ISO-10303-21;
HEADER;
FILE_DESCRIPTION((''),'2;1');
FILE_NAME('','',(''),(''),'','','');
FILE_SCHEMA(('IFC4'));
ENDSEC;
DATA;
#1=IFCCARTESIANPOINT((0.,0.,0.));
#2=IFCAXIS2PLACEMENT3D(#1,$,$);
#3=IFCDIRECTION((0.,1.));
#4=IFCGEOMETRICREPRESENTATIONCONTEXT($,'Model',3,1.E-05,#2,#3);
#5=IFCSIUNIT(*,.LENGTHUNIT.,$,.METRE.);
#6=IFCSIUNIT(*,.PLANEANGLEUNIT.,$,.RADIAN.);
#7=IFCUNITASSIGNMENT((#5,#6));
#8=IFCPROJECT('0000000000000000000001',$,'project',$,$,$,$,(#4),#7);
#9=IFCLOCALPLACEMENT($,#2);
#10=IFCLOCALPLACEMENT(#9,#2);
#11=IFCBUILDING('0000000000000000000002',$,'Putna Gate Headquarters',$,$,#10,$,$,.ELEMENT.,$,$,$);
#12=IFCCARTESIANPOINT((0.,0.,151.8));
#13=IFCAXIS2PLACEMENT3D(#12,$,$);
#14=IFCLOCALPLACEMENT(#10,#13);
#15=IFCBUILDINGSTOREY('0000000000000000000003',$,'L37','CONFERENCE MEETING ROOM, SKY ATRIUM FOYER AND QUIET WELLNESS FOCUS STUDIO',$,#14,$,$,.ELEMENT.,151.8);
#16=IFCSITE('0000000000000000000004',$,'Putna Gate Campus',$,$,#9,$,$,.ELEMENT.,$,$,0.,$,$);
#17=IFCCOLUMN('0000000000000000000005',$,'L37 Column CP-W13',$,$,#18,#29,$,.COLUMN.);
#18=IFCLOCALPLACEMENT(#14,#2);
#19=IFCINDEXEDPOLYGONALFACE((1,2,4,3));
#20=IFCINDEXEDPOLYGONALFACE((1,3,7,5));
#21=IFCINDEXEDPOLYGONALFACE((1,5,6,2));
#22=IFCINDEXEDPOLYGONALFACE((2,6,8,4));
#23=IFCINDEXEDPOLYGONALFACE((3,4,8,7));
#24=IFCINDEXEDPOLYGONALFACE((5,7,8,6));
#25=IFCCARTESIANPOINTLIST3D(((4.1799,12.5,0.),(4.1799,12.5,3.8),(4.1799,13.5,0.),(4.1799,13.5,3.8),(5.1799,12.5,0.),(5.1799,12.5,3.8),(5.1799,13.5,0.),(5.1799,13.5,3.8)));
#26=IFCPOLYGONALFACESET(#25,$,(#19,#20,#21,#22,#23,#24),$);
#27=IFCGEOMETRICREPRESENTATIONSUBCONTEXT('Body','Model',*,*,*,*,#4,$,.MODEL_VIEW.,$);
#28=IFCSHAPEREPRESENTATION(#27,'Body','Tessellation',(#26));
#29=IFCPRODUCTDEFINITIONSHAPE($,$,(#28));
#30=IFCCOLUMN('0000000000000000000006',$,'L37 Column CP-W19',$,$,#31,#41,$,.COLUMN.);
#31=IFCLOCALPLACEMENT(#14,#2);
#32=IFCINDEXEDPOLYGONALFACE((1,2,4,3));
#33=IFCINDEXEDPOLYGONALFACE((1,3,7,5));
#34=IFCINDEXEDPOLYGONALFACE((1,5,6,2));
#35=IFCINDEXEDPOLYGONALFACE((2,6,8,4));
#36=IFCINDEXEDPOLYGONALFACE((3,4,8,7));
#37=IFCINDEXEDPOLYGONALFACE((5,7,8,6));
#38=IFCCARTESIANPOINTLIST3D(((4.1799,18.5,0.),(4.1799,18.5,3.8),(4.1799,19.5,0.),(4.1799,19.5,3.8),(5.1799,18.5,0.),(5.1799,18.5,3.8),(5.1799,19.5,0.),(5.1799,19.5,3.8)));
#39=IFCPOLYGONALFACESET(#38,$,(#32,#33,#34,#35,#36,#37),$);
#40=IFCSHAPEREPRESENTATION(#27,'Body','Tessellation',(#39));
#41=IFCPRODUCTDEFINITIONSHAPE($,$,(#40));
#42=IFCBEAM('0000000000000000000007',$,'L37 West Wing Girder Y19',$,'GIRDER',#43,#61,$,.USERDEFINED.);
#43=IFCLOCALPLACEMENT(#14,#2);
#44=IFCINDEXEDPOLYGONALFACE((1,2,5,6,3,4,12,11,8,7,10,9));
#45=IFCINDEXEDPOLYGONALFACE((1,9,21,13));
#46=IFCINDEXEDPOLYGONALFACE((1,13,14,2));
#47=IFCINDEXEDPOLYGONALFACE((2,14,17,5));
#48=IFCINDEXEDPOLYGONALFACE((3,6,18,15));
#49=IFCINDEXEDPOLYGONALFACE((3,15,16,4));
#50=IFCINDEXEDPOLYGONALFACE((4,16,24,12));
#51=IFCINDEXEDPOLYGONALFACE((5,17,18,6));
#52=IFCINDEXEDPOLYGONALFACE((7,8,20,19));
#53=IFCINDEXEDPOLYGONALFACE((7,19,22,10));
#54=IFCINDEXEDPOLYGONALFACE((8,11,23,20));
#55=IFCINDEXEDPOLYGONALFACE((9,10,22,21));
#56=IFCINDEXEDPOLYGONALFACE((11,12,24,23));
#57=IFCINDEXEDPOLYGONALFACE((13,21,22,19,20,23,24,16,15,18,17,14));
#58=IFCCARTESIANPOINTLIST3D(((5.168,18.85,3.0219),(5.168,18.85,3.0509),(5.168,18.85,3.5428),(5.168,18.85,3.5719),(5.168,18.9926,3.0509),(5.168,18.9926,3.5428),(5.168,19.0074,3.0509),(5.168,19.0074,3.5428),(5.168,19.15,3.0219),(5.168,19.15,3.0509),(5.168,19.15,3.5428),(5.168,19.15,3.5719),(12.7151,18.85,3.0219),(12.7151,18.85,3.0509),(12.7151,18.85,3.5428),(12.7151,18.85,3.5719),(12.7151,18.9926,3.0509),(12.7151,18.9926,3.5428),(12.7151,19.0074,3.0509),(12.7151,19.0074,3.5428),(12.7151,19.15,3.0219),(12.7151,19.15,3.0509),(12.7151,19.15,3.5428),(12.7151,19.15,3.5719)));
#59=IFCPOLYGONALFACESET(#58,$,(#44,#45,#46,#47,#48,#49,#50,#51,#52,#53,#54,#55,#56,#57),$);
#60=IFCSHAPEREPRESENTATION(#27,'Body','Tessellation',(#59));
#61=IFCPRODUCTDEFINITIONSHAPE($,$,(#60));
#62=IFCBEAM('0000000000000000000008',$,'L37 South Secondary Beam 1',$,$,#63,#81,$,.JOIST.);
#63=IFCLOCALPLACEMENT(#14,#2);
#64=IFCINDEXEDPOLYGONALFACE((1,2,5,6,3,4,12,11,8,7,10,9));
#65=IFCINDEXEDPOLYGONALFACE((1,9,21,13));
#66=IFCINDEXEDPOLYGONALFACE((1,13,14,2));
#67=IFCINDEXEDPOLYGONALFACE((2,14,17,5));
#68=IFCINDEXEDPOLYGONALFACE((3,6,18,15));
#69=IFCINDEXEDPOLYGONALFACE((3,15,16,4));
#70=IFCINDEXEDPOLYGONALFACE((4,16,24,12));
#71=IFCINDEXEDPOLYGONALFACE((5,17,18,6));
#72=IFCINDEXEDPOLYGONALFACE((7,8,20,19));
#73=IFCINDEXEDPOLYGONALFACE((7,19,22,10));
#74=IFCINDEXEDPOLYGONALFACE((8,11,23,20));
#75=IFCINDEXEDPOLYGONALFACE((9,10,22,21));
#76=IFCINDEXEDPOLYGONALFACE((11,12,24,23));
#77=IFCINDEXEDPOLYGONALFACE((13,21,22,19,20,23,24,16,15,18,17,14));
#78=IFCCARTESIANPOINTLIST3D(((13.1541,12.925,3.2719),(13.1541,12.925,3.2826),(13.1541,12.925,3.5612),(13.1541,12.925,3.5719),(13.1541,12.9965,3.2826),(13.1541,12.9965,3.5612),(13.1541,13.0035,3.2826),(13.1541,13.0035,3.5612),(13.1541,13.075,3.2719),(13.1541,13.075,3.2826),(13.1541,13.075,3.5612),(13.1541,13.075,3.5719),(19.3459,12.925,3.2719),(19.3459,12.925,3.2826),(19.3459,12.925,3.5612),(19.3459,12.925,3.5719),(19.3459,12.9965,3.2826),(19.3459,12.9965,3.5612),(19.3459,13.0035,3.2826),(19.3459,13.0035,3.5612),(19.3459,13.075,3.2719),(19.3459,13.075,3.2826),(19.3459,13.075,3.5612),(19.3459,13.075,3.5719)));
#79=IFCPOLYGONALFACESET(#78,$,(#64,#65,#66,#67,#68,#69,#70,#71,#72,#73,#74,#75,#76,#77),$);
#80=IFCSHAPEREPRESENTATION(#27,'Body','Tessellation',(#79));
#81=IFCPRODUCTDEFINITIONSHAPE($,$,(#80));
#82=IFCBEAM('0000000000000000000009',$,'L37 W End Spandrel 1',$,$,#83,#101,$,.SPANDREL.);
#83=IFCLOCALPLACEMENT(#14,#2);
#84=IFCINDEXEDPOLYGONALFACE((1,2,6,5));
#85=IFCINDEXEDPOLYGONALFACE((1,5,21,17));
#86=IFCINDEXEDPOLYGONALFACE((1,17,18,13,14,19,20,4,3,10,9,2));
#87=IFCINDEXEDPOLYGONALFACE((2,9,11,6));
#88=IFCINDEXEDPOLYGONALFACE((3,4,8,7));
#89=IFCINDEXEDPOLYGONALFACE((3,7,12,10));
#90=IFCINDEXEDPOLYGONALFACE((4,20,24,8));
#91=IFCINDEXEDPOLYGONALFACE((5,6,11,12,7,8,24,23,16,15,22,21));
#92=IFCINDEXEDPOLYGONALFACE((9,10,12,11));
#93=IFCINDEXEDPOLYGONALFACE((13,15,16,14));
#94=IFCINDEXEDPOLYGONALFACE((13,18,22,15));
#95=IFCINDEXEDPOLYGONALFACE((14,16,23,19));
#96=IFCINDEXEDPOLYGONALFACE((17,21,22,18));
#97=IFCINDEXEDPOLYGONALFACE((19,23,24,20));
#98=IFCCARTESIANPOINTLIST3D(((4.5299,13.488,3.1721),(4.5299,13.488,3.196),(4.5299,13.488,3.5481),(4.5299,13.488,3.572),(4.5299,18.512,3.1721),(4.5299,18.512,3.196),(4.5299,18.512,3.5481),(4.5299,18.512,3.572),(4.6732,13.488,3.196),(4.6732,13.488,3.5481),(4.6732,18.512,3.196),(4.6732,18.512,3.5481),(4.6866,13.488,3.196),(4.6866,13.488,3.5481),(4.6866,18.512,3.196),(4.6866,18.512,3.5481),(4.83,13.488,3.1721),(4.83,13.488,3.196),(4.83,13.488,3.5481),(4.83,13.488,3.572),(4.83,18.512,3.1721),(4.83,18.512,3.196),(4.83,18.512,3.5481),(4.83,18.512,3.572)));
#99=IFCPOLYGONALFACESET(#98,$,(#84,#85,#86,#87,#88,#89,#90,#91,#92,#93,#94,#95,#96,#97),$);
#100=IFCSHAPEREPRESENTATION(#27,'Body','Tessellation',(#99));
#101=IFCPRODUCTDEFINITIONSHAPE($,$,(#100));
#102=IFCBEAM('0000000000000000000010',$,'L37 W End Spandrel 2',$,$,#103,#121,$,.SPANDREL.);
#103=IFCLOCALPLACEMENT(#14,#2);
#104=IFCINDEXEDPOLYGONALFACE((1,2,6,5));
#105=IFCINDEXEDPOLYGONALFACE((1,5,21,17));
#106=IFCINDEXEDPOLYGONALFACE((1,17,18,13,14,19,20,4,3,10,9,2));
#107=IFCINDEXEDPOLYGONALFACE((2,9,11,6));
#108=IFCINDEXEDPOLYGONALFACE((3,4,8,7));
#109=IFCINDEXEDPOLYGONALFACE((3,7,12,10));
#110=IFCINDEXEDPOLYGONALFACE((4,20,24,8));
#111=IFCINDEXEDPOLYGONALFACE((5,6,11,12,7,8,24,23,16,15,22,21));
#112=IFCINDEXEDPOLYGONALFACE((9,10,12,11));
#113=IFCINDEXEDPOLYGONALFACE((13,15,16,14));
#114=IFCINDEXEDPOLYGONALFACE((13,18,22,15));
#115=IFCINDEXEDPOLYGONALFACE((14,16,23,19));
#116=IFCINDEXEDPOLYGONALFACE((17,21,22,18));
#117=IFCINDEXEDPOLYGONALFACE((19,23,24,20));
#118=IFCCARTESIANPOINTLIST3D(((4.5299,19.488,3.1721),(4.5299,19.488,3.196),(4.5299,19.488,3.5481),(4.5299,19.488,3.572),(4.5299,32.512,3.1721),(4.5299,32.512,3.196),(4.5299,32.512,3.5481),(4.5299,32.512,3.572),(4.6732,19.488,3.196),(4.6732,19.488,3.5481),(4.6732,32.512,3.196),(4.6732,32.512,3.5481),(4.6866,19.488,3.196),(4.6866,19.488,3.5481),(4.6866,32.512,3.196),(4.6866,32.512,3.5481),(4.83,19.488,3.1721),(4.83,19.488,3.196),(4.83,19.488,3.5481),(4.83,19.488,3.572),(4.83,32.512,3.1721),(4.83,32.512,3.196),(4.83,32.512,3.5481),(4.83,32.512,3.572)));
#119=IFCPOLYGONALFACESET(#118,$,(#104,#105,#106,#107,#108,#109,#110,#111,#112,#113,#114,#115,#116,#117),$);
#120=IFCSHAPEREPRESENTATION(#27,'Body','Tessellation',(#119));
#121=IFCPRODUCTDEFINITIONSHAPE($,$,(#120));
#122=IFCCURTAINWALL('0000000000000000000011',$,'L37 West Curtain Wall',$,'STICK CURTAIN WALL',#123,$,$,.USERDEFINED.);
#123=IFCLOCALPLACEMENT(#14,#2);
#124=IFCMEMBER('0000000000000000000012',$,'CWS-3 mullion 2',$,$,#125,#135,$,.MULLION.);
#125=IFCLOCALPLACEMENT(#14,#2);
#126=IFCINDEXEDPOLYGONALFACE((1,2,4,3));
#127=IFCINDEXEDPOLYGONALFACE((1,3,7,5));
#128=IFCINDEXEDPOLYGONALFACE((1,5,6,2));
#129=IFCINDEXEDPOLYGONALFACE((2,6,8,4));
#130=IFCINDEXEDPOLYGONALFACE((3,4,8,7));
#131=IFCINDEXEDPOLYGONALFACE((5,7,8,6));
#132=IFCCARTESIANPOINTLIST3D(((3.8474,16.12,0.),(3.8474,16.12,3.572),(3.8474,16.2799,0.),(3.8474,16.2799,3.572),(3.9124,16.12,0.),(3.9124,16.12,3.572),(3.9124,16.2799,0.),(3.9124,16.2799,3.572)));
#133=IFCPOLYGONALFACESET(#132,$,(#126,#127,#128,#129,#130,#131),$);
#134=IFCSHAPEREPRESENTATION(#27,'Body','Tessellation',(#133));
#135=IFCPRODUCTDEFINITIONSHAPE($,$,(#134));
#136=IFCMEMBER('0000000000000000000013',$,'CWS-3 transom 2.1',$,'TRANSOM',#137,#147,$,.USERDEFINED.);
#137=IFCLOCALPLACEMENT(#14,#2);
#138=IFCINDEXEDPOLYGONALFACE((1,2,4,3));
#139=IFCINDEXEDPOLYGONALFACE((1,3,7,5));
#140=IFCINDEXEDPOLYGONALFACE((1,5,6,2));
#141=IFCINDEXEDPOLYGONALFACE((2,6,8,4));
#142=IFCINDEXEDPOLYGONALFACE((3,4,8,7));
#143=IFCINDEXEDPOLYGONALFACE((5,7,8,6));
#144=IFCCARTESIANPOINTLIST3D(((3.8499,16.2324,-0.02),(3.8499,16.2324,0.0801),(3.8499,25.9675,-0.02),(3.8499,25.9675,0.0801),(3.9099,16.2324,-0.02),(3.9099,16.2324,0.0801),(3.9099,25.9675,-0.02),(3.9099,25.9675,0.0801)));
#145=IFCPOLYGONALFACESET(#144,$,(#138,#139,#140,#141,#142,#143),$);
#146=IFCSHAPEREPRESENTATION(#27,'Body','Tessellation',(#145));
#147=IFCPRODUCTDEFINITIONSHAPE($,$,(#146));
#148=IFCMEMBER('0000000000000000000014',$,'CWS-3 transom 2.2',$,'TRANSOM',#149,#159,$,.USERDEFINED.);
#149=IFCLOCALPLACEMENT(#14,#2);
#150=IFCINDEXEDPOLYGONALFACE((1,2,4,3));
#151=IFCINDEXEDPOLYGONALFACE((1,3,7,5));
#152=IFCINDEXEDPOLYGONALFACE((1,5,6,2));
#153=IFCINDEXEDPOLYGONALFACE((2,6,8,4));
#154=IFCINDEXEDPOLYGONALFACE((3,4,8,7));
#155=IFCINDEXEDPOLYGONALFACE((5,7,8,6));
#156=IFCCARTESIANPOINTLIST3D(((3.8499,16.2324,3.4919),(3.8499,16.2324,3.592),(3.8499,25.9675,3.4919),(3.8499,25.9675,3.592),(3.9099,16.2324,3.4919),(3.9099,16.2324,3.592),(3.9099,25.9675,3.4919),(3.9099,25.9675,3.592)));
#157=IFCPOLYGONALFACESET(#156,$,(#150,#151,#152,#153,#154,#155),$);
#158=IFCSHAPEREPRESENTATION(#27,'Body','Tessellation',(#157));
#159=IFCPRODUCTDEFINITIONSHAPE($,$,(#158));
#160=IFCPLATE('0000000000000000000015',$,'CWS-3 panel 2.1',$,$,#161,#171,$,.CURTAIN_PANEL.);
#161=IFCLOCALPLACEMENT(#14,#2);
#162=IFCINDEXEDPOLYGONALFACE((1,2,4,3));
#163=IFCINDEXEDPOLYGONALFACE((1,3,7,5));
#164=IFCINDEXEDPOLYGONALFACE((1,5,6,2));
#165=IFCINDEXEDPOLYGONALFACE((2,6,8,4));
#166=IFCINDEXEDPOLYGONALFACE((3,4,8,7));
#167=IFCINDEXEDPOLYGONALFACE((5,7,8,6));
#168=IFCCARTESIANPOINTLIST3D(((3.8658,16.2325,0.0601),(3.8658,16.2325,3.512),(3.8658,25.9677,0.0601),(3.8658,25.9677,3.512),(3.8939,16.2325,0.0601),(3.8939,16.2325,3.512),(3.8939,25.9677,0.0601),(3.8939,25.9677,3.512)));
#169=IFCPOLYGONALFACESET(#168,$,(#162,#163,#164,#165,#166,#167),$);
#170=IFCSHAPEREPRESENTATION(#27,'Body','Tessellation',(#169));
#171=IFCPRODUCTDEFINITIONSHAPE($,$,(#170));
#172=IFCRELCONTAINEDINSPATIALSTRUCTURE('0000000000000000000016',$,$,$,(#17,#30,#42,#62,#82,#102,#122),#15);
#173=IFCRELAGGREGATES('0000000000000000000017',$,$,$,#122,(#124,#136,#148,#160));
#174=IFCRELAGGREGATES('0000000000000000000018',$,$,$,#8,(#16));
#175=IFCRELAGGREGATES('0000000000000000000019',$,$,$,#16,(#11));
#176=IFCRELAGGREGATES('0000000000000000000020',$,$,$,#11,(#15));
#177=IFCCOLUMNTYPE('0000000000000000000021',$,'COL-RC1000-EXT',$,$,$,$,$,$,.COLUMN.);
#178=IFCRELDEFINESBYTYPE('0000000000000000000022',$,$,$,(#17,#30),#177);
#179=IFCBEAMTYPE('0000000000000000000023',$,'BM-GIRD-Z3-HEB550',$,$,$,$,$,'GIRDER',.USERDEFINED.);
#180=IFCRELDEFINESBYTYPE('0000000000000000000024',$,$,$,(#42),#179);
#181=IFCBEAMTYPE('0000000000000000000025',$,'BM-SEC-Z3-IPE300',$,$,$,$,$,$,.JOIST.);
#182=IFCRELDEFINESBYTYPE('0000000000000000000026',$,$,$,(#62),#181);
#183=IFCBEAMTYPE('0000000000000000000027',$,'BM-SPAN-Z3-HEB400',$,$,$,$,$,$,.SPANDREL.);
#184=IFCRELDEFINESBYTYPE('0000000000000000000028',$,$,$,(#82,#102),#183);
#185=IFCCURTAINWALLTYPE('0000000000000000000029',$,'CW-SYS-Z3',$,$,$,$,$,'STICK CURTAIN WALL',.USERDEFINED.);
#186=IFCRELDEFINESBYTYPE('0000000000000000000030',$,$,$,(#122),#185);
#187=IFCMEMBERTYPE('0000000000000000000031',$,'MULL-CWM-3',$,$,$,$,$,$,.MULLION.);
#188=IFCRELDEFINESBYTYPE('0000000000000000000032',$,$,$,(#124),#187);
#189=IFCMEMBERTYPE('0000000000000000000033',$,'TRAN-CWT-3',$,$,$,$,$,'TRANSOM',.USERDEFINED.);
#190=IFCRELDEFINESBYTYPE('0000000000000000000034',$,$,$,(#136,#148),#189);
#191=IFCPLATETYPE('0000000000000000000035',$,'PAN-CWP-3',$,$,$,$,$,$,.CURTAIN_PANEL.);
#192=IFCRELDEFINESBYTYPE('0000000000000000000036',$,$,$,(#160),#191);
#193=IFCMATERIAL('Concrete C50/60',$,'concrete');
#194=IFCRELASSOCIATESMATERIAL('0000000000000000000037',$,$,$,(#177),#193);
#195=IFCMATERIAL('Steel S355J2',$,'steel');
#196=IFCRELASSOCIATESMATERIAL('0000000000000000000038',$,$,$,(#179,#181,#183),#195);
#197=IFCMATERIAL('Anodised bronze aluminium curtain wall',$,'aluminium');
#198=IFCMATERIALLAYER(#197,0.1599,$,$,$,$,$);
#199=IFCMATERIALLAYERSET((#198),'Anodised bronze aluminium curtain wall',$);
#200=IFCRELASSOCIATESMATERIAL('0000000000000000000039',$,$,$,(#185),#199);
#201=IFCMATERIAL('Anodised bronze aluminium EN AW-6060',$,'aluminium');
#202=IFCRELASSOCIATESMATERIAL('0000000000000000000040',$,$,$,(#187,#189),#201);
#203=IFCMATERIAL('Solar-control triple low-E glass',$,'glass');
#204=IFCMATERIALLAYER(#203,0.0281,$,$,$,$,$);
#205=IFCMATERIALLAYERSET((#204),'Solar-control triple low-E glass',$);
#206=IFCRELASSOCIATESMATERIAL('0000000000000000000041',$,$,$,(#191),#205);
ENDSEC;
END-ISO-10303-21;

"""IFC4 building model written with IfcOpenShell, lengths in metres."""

from ifc_helpers import new_model, si_unit, direction, frame, origin, origin_2d, place, context, subcontext, project, spatial, rectangle, i_section, extrude, material, layer, layer_set, material_profile, profile_set, type_object, element, aggregate, save


model = new_model("IFC4")

# Units and contexts
model_context = context("Model", 3, precision=1e-05, world=origin(), true_north=direction((0.0, 1.0)))
body_context = subcontext(model_context, "Body", "Model", "MODEL_VIEW")
ifc_project = project(units=[si_unit("LENGTHUNIT", "METRE"), si_unit("PLANEANGLEUNIT", "RADIAN")], contexts=[model_context])

# Site, building, storey
site_placement = place(None, origin())
site = spatial("IfcSite", under=ifc_project, at=site_placement, Name="Putna Gate Campus", CompositionType="ELEMENT", RefElevation=0.0)
building_placement = place(site_placement, origin())
building = spatial("IfcBuilding", under=site, at=building_placement, Name="Putna Gate Headquarters", CompositionType="ELEMENT")
storey_placement = place(building_placement, frame((0.0, 0.0, 151.8)))
storey = spatial("IfcBuildingStorey", under=building, at=storey_placement, Name="L37", Description="CONFERENCE MEETING ROOM, SKY ATRIUM FOYER AND QUIET WELLNESS FOCUS STUDIO", CompositionType="ELEMENT", Elevation=151.8)

# Columns
ifc_material_1 = material(Name="Concrete C50/60", Category="concrete")
ifc_material_profile_1 = material_profile(ifc_material_1, rectangle(XDim=1.0, YDim=1.0, at=origin_2d()), Name="Concrete C50/60")
ifc_profile_set_1 = profile_set([ifc_material_profile_1], Name="Concrete C50/60")
column_type = type_object("IfcColumnType", Name="COL-RC1000-EXT", PredefinedType="COLUMN", material=ifc_profile_set_1)
for number, where, z_axis, x_axis, name in (
    (1, (4.6799, 13.0, 0.0), (0.0, 0.0, 1.0), (1.0, 0.0, 0.0), "L37 Column CP-W13"),
    (2, (4.6799, 19.0, 0.0), (0.0, 0.0, 1.0), (1.0, 0.0, 0.0), "L37 Column CP-W19"),
):
    element("IfcColumn", number, at=place(storey_placement, frame(where, z_axis=z_axis, x_axis=x_axis)), inside=storey, type_object=column_type, Name=name, PredefinedType="COLUMN", context=body_context, shape_type="SweptSolid", body=[
        extrude(rectangle(XDim=1.0, YDim=1.0, at=origin_2d()), origin(), (0.0, 0.0, 1.0), 3.8),
    ])

# Beams
ifc_material_2 = material(Name="Steel S355J2", Category="steel")
ifc_material_profile_2 = material_profile(ifc_material_2, i_section(OverallWidth=0.3, OverallDepth=0.55, WebThickness=0.0149, FlangeThickness=0.0291, at=origin_2d()), Name="Steel S355J2")
ifc_profile_set_2 = profile_set([ifc_material_profile_2], Name="Steel S355J2")
beam_type_1 = type_object("IfcBeamType", Name="BM-GIRD-Z3-HEB550", ElementType="GIRDER", PredefinedType="USERDEFINED", material=ifc_profile_set_2)
beam_1_placement = place(storey_placement, frame((5.168, 19.0, 3.2969), z_axis=(1.0, 0.0, 0.0), x_axis=(0.0, 1.0, 0.0)))
element("IfcBeam", 3, at=beam_1_placement, inside=storey, type_object=beam_type_1, Name="L37 West Wing Girder Y19", ObjectType="GIRDER", PredefinedType="USERDEFINED", context=body_context, shape_type="SweptSolid", body=[
    extrude(i_section(OverallWidth=0.3, OverallDepth=0.55, WebThickness=0.0149, FlangeThickness=0.0291, at=origin_2d()), origin(), (0.0, 0.0, 1.0), 7.5471),
])
ifc_material_profile_3 = material_profile(ifc_material_2, i_section(OverallWidth=0.1499, OverallDepth=0.3, WebThickness=0.0071, FlangeThickness=0.0107, at=origin_2d()), Name="Steel S355J2")
ifc_profile_set_3 = profile_set([ifc_material_profile_3], Name="Steel S355J2")
beam_type_2 = type_object("IfcBeamType", Name="BM-SEC-Z3-IPE300", PredefinedType="JOIST", material=ifc_profile_set_3)
beam_2_placement = place(storey_placement, frame((13.1541, 13.0, 3.4219), z_axis=(1.0, 0.0, 0.0), x_axis=(0.0, 1.0, 0.0)))
element("IfcBeam", 4, at=beam_2_placement, inside=storey, type_object=beam_type_2, Name="L37 South Secondary Beam 1", PredefinedType="JOIST", context=body_context, shape_type="SweptSolid", body=[
    extrude(i_section(OverallWidth=0.1499, OverallDepth=0.3, WebThickness=0.0071, FlangeThickness=0.0107, at=origin_2d()), origin(), (0.0, 0.0, 1.0), 6.1919),
])
ifc_material_profile_4 = material_profile(ifc_material_2, i_section(OverallWidth=0.3, OverallDepth=0.3999, WebThickness=0.0134, FlangeThickness=0.0239, at=origin_2d()), Name="Steel S355J2")
ifc_profile_set_4 = profile_set([ifc_material_profile_4], Name="Steel S355J2")
beam_type_3 = type_object("IfcBeamType", Name="BM-SPAN-Z3-HEB400", PredefinedType="SPANDREL", material=ifc_profile_set_4)
beam_3_placement = place(storey_placement, frame((4.6799, 13.488, 3.3721), z_axis=(0.0, 1.0, 0.0), x_axis=(-1.0, 0.0, 0.0)))
element("IfcBeam", 5, at=beam_3_placement, inside=storey, type_object=beam_type_3, Name="L37 W End Spandrel 1", PredefinedType="SPANDREL", context=body_context, shape_type="SweptSolid", body=[
    extrude(i_section(OverallWidth=0.3, OverallDepth=0.3999, WebThickness=0.0134, FlangeThickness=0.0239, at=origin_2d()), origin(), (0.0, 0.0, 1.0), 5.0239),
])
beam_4_placement = place(storey_placement, frame((4.6799, 19.488, 3.3721), z_axis=(0.0, 1.0, 0.0), x_axis=(-1.0, 0.0, 0.0)))
element("IfcBeam", 6, at=beam_4_placement, inside=storey, type_object=beam_type_3, Name="L37 W End Spandrel 2", PredefinedType="SPANDREL", context=body_context, shape_type="SweptSolid", body=[
    extrude(i_section(OverallWidth=0.3, OverallDepth=0.3999, WebThickness=0.0134, FlangeThickness=0.0239, at=origin_2d()), origin(), (0.0, 0.0, 1.0), 13.0239),
])

# Curtain wall, members, plate
ifc_material_3 = material(Name="Anodised bronze aluminium curtain wall", Category="aluminium")
ifc_layer_1 = layer(ifc_material_3, 0.1599)
ifc_layer_set_1 = layer_set([ifc_layer_1], Name="Anodised bronze aluminium curtain wall")
curtain_wall_type = type_object("IfcCurtainWallType", Name="CW-SYS-Z3", ElementType="STICK CURTAIN WALL", PredefinedType="USERDEFINED", material=ifc_layer_set_1)
curtain_wall_placement = place(storey_placement, origin())
curtain_wall = element("IfcCurtainWall", 7, at=curtain_wall_placement, inside=storey, type_object=curtain_wall_type, Name="L37 West Curtain Wall", ObjectType="STICK CURTAIN WALL", PredefinedType="USERDEFINED")
ifc_material_4 = material(Name="Anodised bronze aluminium EN AW-6060", Category="aluminium")
ifc_material_profile_5 = material_profile(ifc_material_4, rectangle(XDim=0.0649, YDim=0.1599, at=origin_2d()), Name="Anodised bronze aluminium EN AW-6060")
ifc_profile_set_5 = profile_set([ifc_material_profile_5], Name="Anodised bronze aluminium EN AW-6060")
member_type_1 = type_object("IfcMemberType", Name="MULL-CWM-3", PredefinedType="MULLION", material=ifc_profile_set_5)
member_1_placement = place(storey_placement, frame((3.8799, 16.2, 0.0), z_axis=(0.0, 0.0, 1.0), x_axis=(-1.0, 0.0, 0.0)))
member_1 = element("IfcMember", 8, at=member_1_placement, type_object=member_type_1, Name="CWS-3 mullion 2", PredefinedType="MULLION", context=body_context, shape_type="SweptSolid", body=[
    extrude(rectangle(XDim=0.0649, YDim=0.1599, at=origin_2d()), origin(), (0.0, 0.0, 1.0), 3.572),
])
ifc_material_profile_6 = material_profile(ifc_material_4, rectangle(XDim=0.0601, YDim=0.1001, at=origin_2d()), Name="Anodised bronze aluminium EN AW-6060")
ifc_profile_set_6 = profile_set([ifc_material_profile_6], Name="Anodised bronze aluminium EN AW-6060")
member_type_2 = type_object("IfcMemberType", Name="TRAN-CWT-3", ElementType="TRANSOM", PredefinedType="USERDEFINED", material=ifc_profile_set_6)
member_2_placement = place(storey_placement, frame((3.8799, 16.2324, 0.03), z_axis=(0.0, 1.0, 0.0), x_axis=(-1.0, 0.0, 0.0)))
member_2 = element("IfcMember", 9, at=member_2_placement, type_object=member_type_2, Name="CWS-3 transom 2.1", ObjectType="TRANSOM", PredefinedType="USERDEFINED", context=body_context, shape_type="SweptSolid", body=[
    extrude(rectangle(XDim=0.0601, YDim=0.1001, at=origin_2d()), origin(), (0.0, 0.0, 1.0), 9.7351),
])
member_3_placement = place(storey_placement, frame((3.8799, 16.2324, 3.542), z_axis=(0.0, 1.0, 0.0), x_axis=(-1.0, 0.0, 0.0)))
member_3 = element("IfcMember", 10, at=member_3_placement, type_object=member_type_2, Name="CWS-3 transom 2.2", ObjectType="TRANSOM", PredefinedType="USERDEFINED", context=body_context, shape_type="SweptSolid", body=[
    extrude(rectangle(XDim=0.0601, YDim=0.1001, at=origin_2d()), origin(), (0.0, 0.0, 1.0), 9.7351),
])
ifc_material_5 = material(Name="Solar-control triple low-E glass", Category="glass")
ifc_layer_2 = layer(ifc_material_5, 0.0281)
ifc_layer_set_2 = layer_set([ifc_layer_2], Name="Solar-control triple low-E glass")
plate_type = type_object("IfcPlateType", Name="PAN-CWP-3", PredefinedType="CURTAIN_PANEL", material=ifc_layer_set_2)
plate_placement = place(storey_placement, frame((3.8799, 21.1001, 0.0601), z_axis=(0.0, 0.0, 1.0), x_axis=(0.0, 1.0, 0.0)))
plate = element("IfcPlate", 11, at=plate_placement, type_object=plate_type, Name="CWS-3 panel 2.1", PredefinedType="CURTAIN_PANEL", context=body_context, shape_type="SweptSolid", body=[
    extrude(rectangle(XDim=9.7351, YDim=0.0281, at=origin_2d()), origin(), (0.0, 0.0, 1.0), 3.4519),
])
aggregate(curtain_wall, [member_1, member_2, member_3, plate])

save(model, "model.ifc")
